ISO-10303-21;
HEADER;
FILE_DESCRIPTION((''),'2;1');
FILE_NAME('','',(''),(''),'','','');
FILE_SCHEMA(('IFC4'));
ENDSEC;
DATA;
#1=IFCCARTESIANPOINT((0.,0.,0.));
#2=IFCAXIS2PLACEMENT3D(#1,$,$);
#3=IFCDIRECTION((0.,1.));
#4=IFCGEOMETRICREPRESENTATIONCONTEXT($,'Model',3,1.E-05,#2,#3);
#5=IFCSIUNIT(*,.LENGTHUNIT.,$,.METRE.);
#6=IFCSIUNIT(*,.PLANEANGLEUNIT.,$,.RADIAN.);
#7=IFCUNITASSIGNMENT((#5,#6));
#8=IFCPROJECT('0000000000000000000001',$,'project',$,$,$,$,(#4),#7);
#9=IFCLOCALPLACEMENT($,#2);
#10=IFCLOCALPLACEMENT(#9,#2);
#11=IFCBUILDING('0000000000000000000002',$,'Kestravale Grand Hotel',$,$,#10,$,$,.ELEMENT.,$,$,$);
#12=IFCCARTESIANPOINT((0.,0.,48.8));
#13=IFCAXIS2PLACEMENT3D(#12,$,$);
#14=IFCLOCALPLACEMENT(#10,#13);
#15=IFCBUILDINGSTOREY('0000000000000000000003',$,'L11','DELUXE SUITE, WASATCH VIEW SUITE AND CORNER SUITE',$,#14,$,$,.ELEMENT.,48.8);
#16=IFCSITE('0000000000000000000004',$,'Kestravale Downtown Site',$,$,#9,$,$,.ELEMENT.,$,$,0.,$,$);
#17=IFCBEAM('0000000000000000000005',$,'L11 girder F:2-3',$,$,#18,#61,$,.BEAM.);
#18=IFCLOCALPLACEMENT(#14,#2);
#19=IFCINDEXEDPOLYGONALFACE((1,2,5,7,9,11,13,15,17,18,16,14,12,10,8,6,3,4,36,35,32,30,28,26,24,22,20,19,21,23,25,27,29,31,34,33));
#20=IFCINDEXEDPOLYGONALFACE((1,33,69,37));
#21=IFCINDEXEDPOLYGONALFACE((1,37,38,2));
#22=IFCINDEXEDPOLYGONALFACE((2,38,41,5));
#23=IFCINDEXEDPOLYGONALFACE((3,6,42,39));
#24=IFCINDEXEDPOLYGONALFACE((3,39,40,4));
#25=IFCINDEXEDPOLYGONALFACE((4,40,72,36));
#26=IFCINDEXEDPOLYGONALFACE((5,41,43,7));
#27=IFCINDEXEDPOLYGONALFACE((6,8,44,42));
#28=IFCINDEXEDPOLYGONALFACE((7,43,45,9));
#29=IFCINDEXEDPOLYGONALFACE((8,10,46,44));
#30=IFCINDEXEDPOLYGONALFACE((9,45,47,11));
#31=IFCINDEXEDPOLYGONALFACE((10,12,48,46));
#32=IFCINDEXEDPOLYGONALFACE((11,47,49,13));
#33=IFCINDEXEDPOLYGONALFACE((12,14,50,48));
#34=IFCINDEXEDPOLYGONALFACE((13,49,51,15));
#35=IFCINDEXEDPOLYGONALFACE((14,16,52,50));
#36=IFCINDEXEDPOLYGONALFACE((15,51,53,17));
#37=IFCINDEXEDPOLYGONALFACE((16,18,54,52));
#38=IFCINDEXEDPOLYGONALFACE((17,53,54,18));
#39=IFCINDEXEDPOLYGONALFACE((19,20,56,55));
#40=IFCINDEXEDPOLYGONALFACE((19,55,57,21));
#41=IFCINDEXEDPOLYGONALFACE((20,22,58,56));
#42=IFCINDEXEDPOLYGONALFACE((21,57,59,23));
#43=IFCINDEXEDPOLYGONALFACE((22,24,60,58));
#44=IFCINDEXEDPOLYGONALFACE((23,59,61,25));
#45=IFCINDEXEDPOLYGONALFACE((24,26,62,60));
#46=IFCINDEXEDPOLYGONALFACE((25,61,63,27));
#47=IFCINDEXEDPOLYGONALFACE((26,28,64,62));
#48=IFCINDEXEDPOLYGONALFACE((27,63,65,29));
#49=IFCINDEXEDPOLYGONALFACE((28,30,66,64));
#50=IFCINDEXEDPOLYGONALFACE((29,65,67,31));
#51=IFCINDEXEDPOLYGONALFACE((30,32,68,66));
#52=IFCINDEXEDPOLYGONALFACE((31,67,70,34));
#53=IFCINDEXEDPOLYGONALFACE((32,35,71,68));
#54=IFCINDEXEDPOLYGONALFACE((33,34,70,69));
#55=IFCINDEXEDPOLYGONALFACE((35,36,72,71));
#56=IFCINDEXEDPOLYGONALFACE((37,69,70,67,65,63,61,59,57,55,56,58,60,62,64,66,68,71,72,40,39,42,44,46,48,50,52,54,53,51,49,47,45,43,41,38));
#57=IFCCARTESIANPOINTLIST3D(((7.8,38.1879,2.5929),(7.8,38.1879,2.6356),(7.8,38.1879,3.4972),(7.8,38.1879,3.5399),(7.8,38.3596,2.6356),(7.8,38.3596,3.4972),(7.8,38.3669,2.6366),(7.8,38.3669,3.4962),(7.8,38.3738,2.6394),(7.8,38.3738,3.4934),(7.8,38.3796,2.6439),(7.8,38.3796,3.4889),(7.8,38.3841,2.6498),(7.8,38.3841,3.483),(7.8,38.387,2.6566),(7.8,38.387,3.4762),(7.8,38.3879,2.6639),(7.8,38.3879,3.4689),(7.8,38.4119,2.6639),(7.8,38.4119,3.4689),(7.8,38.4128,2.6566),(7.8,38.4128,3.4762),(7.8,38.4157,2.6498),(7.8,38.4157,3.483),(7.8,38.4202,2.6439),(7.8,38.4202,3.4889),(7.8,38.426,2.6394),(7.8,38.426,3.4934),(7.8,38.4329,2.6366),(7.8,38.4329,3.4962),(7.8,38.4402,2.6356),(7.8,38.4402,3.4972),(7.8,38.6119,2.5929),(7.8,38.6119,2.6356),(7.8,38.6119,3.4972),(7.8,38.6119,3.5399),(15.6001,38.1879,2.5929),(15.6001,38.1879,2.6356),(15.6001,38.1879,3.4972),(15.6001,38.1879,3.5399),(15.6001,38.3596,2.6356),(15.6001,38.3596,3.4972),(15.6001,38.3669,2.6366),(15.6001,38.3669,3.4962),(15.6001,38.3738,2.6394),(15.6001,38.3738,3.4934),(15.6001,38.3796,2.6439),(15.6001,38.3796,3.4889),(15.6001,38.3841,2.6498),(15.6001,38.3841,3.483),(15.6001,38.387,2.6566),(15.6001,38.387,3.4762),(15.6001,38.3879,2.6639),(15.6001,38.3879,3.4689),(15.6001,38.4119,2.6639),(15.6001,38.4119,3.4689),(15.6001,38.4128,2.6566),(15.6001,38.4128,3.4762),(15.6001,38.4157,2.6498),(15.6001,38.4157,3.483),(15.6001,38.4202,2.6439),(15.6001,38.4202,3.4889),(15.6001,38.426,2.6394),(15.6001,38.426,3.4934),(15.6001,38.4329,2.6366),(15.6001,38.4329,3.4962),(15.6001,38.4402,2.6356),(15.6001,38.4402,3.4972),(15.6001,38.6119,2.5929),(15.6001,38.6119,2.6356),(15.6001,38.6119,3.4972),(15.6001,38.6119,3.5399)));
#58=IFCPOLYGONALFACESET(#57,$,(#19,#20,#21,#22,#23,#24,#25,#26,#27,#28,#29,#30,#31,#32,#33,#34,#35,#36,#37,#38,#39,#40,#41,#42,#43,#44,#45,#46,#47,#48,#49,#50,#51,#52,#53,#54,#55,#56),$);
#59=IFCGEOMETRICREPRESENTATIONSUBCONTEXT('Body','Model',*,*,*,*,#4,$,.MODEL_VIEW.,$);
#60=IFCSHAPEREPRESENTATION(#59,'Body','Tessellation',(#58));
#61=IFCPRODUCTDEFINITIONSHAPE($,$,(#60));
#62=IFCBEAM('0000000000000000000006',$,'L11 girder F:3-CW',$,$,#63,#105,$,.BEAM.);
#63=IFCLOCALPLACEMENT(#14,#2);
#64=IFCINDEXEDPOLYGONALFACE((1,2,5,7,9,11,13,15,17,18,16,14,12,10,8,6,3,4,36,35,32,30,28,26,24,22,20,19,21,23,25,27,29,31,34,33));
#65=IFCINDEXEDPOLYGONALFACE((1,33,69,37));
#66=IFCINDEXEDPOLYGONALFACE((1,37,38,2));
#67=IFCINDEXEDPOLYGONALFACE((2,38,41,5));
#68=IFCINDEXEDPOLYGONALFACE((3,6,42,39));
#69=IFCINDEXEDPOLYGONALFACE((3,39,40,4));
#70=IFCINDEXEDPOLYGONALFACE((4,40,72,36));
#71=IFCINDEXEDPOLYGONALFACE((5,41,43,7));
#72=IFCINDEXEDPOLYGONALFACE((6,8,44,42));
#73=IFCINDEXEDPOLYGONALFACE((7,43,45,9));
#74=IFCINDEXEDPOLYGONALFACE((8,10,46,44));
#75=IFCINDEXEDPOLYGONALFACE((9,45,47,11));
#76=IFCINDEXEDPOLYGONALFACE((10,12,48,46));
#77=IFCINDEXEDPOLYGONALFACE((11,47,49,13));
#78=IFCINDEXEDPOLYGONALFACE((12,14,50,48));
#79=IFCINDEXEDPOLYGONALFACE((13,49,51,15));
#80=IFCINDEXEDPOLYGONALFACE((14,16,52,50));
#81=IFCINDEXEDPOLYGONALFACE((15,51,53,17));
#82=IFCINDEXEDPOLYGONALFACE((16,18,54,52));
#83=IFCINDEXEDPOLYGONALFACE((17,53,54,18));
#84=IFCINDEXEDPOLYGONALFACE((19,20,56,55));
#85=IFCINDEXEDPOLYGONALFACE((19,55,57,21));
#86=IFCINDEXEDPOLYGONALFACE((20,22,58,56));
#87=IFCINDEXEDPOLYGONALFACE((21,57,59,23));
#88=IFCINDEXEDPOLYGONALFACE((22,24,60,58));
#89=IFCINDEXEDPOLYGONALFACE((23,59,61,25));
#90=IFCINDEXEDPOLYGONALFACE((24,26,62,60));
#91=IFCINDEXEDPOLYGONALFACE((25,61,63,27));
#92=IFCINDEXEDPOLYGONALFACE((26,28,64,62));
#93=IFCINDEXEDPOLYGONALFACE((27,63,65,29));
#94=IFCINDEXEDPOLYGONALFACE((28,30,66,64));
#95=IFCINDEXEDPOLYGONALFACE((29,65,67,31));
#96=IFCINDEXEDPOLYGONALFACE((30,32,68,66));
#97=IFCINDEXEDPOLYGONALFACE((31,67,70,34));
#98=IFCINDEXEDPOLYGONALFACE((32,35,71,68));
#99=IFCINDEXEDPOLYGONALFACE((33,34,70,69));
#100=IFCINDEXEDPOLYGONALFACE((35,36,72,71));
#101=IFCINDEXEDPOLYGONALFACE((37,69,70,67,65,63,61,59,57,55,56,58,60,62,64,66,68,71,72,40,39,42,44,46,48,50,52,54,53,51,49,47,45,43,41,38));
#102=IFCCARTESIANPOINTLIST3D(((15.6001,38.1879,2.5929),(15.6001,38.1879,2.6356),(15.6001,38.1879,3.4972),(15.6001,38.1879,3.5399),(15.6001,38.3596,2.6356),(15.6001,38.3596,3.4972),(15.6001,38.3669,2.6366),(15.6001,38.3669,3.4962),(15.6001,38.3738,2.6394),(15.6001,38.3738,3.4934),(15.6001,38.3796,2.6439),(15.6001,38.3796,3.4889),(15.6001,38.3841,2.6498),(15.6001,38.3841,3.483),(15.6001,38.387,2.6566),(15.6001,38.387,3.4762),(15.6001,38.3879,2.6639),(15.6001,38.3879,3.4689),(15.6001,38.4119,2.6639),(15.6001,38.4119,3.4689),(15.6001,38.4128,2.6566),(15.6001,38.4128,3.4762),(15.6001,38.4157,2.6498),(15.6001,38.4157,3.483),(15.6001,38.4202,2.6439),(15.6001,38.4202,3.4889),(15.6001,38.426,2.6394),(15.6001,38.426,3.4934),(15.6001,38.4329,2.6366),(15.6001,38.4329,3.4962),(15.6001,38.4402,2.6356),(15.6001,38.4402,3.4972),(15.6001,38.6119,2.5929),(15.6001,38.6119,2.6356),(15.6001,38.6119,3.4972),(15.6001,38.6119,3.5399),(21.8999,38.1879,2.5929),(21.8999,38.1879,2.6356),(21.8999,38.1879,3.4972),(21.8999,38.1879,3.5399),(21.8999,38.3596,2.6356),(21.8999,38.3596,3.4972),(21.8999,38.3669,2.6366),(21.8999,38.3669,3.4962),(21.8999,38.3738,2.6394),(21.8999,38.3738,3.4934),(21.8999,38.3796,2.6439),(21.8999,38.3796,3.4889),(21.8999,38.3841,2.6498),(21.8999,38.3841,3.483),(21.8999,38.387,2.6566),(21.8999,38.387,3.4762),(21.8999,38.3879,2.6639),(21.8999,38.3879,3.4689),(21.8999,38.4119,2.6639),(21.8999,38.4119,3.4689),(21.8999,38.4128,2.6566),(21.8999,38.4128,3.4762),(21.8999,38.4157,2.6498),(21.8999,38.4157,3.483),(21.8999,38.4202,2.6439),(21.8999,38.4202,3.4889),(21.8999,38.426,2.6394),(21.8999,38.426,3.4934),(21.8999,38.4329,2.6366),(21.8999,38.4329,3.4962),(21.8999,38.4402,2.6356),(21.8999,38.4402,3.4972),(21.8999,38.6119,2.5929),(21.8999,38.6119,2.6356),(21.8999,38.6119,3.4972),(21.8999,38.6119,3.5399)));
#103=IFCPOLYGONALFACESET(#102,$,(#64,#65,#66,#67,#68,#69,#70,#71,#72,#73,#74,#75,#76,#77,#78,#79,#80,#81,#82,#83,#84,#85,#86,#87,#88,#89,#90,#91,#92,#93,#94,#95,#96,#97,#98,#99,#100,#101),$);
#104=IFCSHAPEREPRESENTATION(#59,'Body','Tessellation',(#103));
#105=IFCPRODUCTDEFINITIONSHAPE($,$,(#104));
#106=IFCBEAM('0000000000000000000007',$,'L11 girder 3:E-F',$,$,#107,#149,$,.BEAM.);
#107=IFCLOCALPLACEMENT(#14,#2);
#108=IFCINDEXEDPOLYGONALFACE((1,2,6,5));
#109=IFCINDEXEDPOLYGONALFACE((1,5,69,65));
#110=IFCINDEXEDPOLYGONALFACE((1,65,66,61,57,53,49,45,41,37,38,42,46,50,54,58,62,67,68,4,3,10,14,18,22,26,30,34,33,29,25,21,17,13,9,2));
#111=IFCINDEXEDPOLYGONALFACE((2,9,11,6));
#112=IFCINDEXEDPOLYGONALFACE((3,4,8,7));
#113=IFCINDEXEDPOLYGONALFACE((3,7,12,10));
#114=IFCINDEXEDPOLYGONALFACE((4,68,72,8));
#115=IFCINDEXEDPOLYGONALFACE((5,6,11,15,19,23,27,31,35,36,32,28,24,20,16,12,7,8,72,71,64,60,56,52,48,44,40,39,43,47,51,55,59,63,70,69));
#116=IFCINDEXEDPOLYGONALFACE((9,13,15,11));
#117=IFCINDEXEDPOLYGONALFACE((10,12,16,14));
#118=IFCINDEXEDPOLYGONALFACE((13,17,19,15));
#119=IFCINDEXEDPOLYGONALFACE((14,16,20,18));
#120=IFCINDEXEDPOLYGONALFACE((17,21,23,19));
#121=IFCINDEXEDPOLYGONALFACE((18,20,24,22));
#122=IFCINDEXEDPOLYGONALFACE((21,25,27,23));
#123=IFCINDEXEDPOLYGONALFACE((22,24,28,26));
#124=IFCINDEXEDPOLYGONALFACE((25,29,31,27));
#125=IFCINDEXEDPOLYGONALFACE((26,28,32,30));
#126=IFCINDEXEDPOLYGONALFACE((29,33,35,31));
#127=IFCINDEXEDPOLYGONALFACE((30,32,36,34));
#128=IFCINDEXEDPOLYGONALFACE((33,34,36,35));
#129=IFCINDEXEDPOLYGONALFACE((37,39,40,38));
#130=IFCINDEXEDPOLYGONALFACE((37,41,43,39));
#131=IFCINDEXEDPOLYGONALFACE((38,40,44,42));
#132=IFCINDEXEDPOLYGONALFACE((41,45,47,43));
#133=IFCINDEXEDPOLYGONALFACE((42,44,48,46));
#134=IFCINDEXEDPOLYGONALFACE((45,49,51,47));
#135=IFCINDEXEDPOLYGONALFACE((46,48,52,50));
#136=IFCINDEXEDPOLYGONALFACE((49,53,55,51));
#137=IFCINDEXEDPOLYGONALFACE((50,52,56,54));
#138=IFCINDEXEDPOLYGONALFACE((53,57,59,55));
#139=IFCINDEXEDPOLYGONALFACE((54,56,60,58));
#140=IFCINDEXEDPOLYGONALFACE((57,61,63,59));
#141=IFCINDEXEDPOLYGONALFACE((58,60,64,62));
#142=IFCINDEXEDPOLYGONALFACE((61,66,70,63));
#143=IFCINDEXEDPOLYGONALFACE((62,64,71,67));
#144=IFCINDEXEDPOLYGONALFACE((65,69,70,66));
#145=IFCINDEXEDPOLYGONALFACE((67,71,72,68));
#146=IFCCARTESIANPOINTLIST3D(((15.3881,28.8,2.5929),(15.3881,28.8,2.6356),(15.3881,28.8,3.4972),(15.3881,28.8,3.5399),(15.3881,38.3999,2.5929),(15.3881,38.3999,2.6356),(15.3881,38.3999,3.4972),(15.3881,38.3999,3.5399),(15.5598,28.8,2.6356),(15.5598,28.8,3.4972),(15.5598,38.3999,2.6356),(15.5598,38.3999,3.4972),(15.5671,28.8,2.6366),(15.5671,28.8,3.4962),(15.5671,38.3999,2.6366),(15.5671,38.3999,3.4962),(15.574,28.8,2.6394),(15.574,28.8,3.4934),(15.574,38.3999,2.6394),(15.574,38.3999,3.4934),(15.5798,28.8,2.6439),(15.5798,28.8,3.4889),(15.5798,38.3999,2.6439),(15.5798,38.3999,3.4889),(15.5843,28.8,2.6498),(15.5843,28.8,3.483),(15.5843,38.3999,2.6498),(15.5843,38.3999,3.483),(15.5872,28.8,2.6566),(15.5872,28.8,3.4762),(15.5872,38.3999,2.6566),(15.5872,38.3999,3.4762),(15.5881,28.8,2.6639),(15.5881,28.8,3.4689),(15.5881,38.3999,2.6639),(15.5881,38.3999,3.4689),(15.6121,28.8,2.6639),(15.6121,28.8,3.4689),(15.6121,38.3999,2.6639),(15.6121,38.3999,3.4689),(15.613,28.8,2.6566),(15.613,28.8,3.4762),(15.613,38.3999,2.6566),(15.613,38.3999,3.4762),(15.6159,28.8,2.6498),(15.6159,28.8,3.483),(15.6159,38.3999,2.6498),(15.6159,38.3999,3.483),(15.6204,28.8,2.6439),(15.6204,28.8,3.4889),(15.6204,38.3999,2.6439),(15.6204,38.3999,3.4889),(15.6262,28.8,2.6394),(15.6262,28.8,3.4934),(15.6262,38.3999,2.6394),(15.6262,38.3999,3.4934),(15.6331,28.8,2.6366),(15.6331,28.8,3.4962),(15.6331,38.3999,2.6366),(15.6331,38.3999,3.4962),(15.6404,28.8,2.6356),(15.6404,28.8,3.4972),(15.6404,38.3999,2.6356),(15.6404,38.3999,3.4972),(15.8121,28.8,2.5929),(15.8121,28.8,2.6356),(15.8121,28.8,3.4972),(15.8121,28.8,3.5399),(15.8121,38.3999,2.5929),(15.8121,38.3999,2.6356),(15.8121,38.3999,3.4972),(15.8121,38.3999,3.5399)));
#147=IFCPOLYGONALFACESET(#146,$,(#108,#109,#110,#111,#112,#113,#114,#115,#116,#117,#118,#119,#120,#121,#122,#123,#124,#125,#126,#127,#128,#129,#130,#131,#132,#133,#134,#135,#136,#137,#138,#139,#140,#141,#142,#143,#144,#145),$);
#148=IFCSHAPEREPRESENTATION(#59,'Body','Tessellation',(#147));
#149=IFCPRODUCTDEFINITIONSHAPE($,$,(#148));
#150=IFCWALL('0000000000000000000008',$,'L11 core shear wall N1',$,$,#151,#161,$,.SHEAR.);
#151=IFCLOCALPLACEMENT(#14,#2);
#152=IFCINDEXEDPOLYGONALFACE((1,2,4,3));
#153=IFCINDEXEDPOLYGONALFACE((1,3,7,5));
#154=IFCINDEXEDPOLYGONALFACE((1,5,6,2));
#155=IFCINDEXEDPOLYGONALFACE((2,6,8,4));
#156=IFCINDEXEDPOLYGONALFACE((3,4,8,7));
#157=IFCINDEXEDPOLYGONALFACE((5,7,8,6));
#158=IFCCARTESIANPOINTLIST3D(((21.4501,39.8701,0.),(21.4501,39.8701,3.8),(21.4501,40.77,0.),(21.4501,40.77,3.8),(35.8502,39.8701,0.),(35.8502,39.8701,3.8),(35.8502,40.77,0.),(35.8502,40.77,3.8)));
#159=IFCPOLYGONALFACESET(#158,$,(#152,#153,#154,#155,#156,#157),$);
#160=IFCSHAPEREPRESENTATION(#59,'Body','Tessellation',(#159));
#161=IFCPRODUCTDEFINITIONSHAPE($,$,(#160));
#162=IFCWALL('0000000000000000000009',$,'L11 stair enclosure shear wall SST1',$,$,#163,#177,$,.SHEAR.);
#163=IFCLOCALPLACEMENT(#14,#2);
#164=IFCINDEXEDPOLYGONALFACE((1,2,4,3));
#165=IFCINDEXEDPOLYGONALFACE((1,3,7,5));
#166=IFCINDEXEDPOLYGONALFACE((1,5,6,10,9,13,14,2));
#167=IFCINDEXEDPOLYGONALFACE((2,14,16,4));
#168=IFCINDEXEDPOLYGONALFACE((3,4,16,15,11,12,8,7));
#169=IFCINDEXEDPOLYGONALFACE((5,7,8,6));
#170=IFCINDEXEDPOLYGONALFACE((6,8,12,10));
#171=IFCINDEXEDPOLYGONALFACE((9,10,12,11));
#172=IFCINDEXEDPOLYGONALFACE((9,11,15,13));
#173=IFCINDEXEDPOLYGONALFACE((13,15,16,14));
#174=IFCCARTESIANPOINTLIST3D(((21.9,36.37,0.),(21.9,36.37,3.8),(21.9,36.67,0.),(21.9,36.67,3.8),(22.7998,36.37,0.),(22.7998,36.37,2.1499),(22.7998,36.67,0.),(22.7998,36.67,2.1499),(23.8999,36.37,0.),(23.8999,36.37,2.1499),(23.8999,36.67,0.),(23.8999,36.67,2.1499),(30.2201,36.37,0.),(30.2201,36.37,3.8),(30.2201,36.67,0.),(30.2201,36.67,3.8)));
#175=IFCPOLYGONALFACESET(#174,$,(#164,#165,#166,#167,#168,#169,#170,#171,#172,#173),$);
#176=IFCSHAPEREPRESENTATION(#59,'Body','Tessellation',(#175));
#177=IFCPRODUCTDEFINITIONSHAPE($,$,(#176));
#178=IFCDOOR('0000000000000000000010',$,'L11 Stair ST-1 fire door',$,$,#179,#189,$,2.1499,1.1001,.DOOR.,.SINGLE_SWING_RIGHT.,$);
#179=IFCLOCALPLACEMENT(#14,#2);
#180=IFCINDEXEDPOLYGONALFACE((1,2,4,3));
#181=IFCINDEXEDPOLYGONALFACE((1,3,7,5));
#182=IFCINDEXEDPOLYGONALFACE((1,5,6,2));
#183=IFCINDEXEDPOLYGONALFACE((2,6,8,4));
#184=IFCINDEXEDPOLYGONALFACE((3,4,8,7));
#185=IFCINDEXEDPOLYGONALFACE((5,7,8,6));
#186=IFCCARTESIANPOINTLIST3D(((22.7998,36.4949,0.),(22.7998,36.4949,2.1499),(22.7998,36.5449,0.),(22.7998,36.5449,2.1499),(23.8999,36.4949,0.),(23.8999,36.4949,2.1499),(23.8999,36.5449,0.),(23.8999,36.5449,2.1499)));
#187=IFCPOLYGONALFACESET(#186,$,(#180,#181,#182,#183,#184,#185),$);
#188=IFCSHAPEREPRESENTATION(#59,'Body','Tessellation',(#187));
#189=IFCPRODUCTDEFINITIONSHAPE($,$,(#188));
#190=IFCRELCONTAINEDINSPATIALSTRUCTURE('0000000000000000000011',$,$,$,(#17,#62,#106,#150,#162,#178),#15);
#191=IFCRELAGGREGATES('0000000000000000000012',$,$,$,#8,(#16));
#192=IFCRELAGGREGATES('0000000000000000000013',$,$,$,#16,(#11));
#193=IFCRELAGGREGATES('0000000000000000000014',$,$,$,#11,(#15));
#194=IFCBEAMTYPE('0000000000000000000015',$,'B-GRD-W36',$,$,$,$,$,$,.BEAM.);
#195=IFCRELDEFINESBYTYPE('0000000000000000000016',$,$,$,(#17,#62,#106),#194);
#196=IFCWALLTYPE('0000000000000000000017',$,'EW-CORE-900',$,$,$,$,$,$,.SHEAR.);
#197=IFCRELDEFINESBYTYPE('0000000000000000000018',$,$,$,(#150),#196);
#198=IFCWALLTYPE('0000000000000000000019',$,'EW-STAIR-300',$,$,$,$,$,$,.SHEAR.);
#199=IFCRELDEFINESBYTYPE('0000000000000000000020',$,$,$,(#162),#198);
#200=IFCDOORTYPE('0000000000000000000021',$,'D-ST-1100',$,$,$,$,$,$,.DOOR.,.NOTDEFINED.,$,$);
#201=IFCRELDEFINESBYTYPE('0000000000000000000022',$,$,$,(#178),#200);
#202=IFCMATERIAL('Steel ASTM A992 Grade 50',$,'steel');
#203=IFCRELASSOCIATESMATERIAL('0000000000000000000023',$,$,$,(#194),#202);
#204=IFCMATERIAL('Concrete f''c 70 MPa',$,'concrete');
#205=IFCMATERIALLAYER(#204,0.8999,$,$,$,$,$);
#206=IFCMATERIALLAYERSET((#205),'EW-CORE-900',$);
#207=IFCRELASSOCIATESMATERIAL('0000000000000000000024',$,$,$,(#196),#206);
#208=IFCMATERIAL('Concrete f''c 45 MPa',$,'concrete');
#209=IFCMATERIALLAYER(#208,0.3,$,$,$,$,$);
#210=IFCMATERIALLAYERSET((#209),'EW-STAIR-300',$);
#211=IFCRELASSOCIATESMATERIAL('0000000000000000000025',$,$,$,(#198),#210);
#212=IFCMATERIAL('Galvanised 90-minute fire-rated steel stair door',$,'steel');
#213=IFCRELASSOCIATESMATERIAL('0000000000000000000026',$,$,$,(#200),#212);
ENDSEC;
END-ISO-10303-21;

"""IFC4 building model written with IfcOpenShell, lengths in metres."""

from ifc_helpers import new_model, si_unit, direction, frame, frame_2d, origin, origin_2d, place, context, subcontext, project, spatial, rectangle, i_section, extrude, material, layer, layer_set, material_profile, profile_set, type_object, element, fill, save


model = new_model("IFC4")

# Units and contexts
model_context = context("Model", 3, precision=1e-05, world=origin(), true_north=direction((0.0, 1.0)))
body_context = subcontext(model_context, "Body", "Model", "MODEL_VIEW")
ifc_project = project(units=[si_unit("LENGTHUNIT", "METRE"), si_unit("PLANEANGLEUNIT", "RADIAN")], contexts=[model_context])

# Site, building, storey
site_placement = place(None, origin())
site = spatial("IfcSite", under=ifc_project, at=site_placement, Name="Kestravale Downtown Site", CompositionType="ELEMENT", RefElevation=0.0)
building_placement = place(site_placement, origin())
building = spatial("IfcBuilding", under=site, at=building_placement, Name="Kestravale Grand Hotel", CompositionType="ELEMENT")
storey_placement = place(building_placement, frame((0.0, 0.0, 48.8)))
storey = spatial("IfcBuildingStorey", under=building, at=storey_placement, Name="L11", Description="DELUXE SUITE, WASATCH VIEW SUITE AND CORNER SUITE", CompositionType="ELEMENT", Elevation=48.8)

# Beams
ifc_material_1 = material(Name="Steel ASTM A992 Grade 50", Category="steel")
ifc_material_profile_1 = material_profile(ifc_material_1, i_section(OverallWidth=0.4241, OverallDepth=0.947, WebThickness=0.0239, FlangeThickness=0.0427, FilletRadius=0.0283, at=origin_2d()))
ifc_profile_set_1 = profile_set([ifc_material_profile_1], Name="Steel ASTM A992 Grade 50")
beam_type_1 = type_object("IfcBeamType", Name="B-GRD-W36", PredefinedType="BEAM", material=ifc_profile_set_1)
beam_1_placement = place(storey_placement, frame((7.8, 38.3999, 3.0664), z_axis=(1.0, 0.0, 0.0), x_axis=(0.0, 1.0, 0.0)))
element("IfcBeam", 1, at=beam_1_placement, inside=storey, type_object=beam_type_1, Name="L11 girder F:2-3", PredefinedType="BEAM", context=body_context, shape_type="SweptSolid", body=[
    extrude(i_section(OverallWidth=0.4241, OverallDepth=0.947, WebThickness=0.0239, FlangeThickness=0.0427, FilletRadius=0.0283, at=origin_2d()), origin(), (0.0, 0.0, 1.0), 7.8),
])
beam_2_placement = place(storey_placement, frame((15.6001, 38.3999, 3.0664), z_axis=(1.0, 0.0, 0.0), x_axis=(0.0, 1.0, 0.0)))
element("IfcBeam", 2, at=beam_2_placement, inside=storey, type_object=beam_type_1, Name="L11 girder F:3-CW", PredefinedType="BEAM", context=body_context, shape_type="SweptSolid", body=[
    extrude(i_section(OverallWidth=0.4241, OverallDepth=0.947, WebThickness=0.0239, FlangeThickness=0.0427, FilletRadius=0.0283, at=origin_2d()), origin(), (0.0, 0.0, 1.0), 6.2998),
])
beam_3_placement = place(storey_placement, frame((15.6001, 28.8, 3.0664), z_axis=(0.0, 1.0, 0.0), x_axis=(-1.0, 0.0, 0.0)))
element("IfcBeam", 3, at=beam_3_placement, inside=storey, type_object=beam_type_1, Name="L11 girder 3:E-F", PredefinedType="BEAM", context=body_context, shape_type="SweptSolid", body=[
    extrude(i_section(OverallWidth=0.4241, OverallDepth=0.947, WebThickness=0.0239, FlangeThickness=0.0427, FilletRadius=0.0283, at=origin_2d()), origin(), (0.0, 0.0, 1.0), 9.5999),
])

# Wall
ifc_material_2 = material(Name="Concrete f'c 70 MPa", Category="concrete")
ifc_layer_1 = layer(ifc_material_2, 0.8999)
ifc_layer_set_1 = layer_set([ifc_layer_1], Name="EW-CORE-900")
wall_type_1 = type_object("IfcWallType", Name="EW-CORE-900", PredefinedType="SHEAR", material=ifc_layer_set_1)
wall_1_placement = place(storey_placement, frame((21.45, 40.3201, 0.0), z_axis=(0.0, 0.0, 1.0), x_axis=(1.0, 0.0, 0.0)))
element("IfcWall", 4, at=wall_1_placement, inside=storey, type_object=wall_type_1, Name="L11 core shear wall N1", PredefinedType="SHEAR", context=body_context, shape_type="SweptSolid", body=[
    extrude(rectangle(XDim=14.4001, YDim=0.8999, at=frame_2d((7.2002, 0.0))), origin(), (0.0, 0.0, 1.0), 3.8),
])

# Wall, opening, door
ifc_material_3 = material(Name="Concrete f'c 45 MPa", Category="concrete")
ifc_layer_2 = layer(ifc_material_3, 0.3)
ifc_layer_set_2 = layer_set([ifc_layer_2], Name="EW-STAIR-300")
wall_type_2 = type_object("IfcWallType", Name="EW-STAIR-300", PredefinedType="SHEAR", material=ifc_layer_set_2)
wall_2_placement = place(storey_placement, frame((21.8999, 36.52, 0.0), z_axis=(0.0, 0.0, 1.0), x_axis=(1.0, 0.0, 0.0)))
wall_2 = element("IfcWall", 5, at=wall_2_placement, inside=storey, type_object=wall_type_2, Name="L11 stair enclosure shear wall SST1", PredefinedType="SHEAR", context=body_context, shape_type="SweptSolid", body=[
    extrude(rectangle(XDim=8.3201, YDim=0.3, at=frame_2d((4.1602, 0.0))), origin(), (0.0, 0.0, 1.0), 3.8),
])
opening_1_placement = place(wall_2_placement, frame((0.8999, 0.0, 0.0)))
opening_1 = element("IfcOpeningElement", 6, at=opening_1_placement, cuts=wall_2, PredefinedType="OPENING", context=body_context, shape_type="SweptSolid", body=[
    extrude(rectangle(XDim=1.1001, YDim=2.1499, at=frame_2d((0.55, 1.075))), frame((0.0, 0.1599, 0.0), z_axis=(0.0, -1.0, 0.0), x_axis=(1.0, 0.0, 0.0)), (0.0, 0.0, 1.0), 0.3201),
])
ifc_material_4 = material(Name="Galvanised 90-minute fire-rated steel stair door", Category="steel")
door_type_1 = type_object("IfcDoorType", Name="D-ST-1100", OperationType="NOTDEFINED", PredefinedType="DOOR", material=ifc_material_4)
door_1_placement = place(opening_1_placement, origin())
door_1 = element("IfcDoor", 7, at=door_1_placement, inside=storey, type_object=door_type_1, Name="L11 Stair ST-1 fire door", OperationType="SINGLE_SWING_RIGHT", OverallHeight=2.1499, OverallWidth=1.1001, PredefinedType="DOOR", context=body_context, shape_type="SweptSolid", body=[
    extrude(rectangle(XDim=1.1001, YDim=2.1499, at=frame_2d((0.55, 1.075))), frame((0.0, 0.0249, 0.0), z_axis=(0.0, -1.0, 0.0), x_axis=(1.0, 0.0, 0.0)), (0.0, 0.0, 1.0), 0.05),
])
fill(opening_1, door_1)

save(model, "model.ifc")
